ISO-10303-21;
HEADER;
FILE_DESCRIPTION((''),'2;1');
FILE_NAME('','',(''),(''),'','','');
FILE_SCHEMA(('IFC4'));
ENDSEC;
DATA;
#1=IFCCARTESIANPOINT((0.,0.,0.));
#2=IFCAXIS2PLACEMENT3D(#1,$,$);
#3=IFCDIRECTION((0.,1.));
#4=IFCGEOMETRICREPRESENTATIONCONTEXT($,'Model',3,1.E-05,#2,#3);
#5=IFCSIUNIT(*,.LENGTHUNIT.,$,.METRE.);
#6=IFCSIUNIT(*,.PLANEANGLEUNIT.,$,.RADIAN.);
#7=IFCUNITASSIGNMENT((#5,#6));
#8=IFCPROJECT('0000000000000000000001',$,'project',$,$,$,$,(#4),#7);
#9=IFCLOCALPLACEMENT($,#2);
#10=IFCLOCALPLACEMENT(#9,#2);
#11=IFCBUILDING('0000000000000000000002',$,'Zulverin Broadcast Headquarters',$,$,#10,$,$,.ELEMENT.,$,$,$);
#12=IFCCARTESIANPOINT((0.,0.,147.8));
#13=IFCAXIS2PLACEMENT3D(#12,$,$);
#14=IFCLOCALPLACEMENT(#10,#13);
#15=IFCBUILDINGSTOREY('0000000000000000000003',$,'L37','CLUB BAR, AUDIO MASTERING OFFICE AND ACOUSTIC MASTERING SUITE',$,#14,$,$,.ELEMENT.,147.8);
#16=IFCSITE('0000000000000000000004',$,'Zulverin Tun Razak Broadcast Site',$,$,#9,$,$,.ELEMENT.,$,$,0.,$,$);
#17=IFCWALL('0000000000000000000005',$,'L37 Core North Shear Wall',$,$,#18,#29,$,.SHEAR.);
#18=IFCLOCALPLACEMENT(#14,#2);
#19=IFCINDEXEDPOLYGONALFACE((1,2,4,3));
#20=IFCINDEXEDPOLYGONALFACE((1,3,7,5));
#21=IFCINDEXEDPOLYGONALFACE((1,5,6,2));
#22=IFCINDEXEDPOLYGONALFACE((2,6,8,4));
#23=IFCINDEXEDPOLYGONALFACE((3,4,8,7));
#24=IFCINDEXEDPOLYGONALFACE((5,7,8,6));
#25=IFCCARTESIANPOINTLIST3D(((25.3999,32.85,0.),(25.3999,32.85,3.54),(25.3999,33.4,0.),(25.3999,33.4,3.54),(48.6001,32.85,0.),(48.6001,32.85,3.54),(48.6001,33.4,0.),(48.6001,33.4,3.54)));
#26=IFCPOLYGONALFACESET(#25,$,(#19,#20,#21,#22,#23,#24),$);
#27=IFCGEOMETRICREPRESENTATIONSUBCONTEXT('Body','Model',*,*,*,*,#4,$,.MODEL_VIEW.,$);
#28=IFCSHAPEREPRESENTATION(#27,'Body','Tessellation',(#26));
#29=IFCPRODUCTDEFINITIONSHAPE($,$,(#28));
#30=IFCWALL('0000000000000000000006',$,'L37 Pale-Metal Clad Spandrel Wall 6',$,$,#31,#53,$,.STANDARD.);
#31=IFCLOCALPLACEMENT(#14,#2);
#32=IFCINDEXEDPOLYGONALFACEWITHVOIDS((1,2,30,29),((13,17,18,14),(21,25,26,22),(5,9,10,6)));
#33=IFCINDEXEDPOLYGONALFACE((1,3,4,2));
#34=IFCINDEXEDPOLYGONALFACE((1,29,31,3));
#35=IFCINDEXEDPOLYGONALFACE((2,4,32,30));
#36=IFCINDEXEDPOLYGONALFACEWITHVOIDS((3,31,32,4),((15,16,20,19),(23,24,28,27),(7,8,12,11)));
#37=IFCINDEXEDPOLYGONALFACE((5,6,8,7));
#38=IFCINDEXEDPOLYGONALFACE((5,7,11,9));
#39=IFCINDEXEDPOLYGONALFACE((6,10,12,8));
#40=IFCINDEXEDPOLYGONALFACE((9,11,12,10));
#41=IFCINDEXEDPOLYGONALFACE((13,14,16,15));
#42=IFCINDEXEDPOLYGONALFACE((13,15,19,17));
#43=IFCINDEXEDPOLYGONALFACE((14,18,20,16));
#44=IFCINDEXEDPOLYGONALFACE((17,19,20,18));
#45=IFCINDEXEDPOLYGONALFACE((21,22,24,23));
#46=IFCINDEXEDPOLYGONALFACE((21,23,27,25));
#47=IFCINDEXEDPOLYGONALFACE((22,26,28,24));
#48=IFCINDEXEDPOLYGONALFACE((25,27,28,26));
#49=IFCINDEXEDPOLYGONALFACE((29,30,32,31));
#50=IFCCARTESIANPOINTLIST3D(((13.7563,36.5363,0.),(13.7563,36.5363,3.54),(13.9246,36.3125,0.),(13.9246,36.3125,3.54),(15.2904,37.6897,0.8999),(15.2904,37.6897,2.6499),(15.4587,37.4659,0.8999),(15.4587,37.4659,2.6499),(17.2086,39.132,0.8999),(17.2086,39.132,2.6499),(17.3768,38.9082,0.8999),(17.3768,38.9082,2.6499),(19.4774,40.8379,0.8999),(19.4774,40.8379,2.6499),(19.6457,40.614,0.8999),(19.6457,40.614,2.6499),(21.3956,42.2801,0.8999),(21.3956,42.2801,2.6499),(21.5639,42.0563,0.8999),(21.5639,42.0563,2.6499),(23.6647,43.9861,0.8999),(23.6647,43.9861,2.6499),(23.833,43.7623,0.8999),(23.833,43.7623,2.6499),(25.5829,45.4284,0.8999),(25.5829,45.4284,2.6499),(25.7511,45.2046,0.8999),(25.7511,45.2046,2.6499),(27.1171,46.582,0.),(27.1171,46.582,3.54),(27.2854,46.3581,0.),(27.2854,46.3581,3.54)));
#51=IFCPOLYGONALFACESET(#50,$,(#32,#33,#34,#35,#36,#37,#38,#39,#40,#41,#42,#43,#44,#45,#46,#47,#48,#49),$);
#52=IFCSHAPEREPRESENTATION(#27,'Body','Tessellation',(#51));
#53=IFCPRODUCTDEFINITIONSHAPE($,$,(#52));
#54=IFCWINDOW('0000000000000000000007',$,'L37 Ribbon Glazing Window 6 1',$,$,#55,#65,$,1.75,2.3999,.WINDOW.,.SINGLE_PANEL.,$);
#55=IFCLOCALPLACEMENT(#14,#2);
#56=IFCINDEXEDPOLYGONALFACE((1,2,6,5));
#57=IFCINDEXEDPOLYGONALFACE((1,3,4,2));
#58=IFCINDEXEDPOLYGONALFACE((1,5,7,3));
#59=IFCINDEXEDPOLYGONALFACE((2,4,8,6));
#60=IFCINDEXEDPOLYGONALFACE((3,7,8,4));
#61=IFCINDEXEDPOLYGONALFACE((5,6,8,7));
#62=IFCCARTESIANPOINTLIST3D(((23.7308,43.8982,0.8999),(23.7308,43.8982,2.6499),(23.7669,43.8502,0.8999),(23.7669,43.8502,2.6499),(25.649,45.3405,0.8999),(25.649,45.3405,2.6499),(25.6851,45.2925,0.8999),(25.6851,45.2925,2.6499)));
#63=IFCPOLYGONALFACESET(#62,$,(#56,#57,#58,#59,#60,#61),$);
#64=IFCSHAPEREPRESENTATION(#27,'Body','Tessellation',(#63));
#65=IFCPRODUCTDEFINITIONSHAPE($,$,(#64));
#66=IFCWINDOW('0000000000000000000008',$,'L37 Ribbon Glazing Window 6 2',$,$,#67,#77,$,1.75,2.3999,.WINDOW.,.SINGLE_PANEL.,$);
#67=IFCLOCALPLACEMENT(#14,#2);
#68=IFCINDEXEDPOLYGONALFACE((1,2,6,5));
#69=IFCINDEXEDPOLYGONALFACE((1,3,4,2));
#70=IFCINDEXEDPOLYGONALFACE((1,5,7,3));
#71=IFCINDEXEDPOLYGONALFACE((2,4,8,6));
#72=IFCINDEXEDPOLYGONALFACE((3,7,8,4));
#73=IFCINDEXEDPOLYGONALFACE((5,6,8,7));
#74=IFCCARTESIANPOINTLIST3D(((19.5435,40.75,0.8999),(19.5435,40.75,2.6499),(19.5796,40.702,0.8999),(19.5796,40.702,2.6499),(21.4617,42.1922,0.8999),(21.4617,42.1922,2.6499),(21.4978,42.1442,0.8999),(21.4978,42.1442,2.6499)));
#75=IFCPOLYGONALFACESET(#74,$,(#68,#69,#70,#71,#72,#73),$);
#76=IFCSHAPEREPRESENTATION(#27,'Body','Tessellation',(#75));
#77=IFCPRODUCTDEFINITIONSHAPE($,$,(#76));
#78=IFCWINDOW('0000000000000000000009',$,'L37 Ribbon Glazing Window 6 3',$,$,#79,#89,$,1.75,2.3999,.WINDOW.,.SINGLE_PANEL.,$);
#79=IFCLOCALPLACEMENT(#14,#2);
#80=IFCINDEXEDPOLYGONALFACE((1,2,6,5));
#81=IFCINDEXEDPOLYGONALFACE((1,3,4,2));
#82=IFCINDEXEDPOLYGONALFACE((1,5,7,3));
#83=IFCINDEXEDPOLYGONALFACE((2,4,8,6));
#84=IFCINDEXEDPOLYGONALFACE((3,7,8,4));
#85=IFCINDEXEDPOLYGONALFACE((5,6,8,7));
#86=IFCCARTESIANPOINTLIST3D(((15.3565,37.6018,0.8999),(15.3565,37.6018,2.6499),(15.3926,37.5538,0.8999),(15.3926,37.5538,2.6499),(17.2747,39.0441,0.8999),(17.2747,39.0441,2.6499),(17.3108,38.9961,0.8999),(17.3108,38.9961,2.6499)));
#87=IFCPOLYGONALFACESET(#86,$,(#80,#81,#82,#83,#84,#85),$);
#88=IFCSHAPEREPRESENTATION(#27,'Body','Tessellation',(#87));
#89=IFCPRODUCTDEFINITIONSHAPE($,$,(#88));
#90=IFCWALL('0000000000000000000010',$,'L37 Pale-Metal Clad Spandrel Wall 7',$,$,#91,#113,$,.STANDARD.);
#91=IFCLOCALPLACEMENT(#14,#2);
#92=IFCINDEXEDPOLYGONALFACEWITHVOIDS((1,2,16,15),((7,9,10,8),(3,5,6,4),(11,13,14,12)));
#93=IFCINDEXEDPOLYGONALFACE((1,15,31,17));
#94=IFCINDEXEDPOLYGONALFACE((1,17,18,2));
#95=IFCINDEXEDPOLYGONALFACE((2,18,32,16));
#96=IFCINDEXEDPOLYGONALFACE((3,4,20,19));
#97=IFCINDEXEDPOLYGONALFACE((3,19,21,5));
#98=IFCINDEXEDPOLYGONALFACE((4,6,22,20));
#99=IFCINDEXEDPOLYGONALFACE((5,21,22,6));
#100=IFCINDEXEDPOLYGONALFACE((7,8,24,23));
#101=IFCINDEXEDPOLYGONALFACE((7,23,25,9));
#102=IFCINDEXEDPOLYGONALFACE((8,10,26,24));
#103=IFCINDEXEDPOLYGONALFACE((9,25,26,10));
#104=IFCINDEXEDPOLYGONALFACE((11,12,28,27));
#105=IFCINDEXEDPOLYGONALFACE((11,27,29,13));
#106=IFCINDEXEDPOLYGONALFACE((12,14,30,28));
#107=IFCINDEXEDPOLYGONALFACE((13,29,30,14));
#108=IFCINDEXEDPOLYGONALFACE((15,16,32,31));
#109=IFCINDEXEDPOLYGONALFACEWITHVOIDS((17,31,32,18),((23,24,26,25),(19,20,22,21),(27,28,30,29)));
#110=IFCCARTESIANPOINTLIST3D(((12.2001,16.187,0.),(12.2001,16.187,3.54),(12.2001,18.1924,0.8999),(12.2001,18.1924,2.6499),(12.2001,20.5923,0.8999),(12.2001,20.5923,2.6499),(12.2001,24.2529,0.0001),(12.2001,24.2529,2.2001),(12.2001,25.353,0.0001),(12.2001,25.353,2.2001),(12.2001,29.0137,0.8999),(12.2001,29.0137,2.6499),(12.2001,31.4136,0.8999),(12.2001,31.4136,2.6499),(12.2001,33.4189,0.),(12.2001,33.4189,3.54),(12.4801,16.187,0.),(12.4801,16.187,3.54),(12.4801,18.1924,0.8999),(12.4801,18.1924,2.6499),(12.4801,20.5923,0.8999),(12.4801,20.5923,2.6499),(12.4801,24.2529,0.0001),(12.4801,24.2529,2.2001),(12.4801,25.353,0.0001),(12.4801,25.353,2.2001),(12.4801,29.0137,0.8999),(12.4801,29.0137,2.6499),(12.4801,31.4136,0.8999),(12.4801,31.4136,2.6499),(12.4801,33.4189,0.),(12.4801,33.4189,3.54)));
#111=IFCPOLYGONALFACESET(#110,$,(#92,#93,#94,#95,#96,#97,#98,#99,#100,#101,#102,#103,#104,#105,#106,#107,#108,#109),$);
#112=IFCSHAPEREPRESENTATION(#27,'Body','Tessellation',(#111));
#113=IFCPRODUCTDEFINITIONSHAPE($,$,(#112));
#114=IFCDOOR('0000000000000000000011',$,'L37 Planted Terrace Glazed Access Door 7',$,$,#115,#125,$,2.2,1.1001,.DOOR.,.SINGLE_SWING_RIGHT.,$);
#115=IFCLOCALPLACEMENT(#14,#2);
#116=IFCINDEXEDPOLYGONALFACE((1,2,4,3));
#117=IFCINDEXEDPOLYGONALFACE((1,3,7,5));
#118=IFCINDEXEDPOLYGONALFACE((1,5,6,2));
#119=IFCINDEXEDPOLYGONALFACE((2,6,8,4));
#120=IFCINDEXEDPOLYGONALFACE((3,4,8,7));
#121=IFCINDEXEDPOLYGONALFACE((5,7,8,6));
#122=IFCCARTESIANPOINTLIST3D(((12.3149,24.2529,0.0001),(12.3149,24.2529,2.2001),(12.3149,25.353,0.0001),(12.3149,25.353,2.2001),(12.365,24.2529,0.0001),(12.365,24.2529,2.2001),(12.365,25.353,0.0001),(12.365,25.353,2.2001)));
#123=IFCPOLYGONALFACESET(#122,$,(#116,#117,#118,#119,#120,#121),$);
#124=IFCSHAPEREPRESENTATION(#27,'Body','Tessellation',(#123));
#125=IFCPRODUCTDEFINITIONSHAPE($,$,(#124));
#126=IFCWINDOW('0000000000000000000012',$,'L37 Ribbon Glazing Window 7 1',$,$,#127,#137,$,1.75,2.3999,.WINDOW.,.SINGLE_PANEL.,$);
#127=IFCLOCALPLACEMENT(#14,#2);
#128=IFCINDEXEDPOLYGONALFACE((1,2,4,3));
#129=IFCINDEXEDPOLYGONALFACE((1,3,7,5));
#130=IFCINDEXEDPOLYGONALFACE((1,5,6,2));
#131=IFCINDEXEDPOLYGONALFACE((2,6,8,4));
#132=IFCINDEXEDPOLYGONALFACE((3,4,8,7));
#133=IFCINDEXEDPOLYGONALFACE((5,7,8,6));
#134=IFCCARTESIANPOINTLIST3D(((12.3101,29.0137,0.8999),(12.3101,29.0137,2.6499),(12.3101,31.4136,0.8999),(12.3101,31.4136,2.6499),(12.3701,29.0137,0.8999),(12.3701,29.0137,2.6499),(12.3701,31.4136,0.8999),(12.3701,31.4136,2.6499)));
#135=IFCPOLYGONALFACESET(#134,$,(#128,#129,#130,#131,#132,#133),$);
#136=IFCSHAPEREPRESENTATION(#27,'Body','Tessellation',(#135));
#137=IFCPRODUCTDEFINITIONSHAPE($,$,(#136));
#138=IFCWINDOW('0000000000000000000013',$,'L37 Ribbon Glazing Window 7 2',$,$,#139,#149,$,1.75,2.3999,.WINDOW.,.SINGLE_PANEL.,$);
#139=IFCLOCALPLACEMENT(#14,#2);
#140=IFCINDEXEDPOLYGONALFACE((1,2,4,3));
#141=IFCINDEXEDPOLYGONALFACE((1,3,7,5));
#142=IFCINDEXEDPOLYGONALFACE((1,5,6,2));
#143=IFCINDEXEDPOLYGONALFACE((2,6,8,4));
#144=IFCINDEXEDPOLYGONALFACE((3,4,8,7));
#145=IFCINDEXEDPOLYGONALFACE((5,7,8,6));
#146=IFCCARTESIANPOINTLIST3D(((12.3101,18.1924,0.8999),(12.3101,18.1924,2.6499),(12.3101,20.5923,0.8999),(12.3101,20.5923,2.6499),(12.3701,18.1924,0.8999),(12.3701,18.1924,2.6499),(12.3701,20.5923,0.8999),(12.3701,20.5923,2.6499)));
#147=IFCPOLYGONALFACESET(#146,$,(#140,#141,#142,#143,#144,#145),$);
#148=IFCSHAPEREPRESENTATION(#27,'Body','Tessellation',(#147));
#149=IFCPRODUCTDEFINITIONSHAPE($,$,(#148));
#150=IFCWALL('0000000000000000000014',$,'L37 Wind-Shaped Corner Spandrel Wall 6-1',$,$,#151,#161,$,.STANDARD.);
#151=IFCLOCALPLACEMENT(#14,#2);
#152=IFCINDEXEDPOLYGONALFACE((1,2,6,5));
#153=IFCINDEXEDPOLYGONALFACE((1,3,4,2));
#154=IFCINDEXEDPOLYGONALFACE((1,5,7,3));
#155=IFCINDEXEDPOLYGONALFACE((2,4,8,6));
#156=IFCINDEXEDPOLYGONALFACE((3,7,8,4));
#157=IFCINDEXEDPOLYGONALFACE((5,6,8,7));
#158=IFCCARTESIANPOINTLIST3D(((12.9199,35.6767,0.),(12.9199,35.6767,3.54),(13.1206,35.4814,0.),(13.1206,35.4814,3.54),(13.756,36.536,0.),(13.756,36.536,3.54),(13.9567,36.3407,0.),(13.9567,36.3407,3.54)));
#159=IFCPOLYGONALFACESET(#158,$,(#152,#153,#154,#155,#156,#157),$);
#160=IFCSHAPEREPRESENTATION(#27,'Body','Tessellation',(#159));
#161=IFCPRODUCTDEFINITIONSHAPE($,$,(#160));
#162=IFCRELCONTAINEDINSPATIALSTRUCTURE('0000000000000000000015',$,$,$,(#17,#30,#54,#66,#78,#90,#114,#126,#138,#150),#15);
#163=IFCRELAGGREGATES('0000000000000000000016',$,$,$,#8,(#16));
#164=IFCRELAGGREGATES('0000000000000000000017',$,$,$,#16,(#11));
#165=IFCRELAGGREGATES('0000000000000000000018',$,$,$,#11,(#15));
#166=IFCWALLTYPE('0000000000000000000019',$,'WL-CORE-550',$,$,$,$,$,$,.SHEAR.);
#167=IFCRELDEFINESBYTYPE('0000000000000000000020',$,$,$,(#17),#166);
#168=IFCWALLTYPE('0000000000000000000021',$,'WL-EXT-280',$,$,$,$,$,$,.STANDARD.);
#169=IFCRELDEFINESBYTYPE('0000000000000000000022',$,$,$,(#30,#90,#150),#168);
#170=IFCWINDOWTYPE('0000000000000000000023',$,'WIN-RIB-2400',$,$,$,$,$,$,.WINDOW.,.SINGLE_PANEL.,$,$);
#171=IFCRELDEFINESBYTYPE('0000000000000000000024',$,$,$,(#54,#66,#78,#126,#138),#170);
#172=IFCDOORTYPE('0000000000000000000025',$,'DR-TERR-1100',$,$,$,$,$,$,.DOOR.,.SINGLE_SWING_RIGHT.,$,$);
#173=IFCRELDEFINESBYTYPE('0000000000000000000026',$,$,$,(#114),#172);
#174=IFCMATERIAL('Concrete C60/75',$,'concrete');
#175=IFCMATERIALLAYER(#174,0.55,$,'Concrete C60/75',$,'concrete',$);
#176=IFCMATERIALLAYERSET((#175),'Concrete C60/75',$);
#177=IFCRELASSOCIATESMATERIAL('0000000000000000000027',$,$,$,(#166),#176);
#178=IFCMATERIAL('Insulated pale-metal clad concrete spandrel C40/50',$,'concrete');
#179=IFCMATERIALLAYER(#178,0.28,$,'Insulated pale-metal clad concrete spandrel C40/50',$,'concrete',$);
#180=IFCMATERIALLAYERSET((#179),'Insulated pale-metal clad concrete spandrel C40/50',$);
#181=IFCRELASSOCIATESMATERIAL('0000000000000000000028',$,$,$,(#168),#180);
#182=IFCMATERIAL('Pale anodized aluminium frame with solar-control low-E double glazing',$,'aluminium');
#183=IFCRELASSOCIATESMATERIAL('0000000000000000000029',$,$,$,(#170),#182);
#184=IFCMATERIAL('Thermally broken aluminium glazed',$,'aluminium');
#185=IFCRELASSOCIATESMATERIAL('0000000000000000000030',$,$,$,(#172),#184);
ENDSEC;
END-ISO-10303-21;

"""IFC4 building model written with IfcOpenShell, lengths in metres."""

from ifc_helpers import new_model, si_unit, direction, frame, frame_2d, origin, place, context, subcontext, project, spatial, rectangle, extrude, material, layer, layer_set, type_object, element, fill, save


model = new_model("IFC4")

# Units and contexts
model_context = context("Model", 3, precision=1e-05, world=origin(), true_north=direction((0.0, 1.0)))
body_context = subcontext(model_context, "Body", "Model", "MODEL_VIEW")
ifc_project = project(units=[si_unit("LENGTHUNIT", "METRE"), si_unit("PLANEANGLEUNIT", "RADIAN")], contexts=[model_context])

# Site, building, storey
site_placement = place(None, origin())
site = spatial("IfcSite", under=ifc_project, at=site_placement, Name="Zulverin Tun Razak Broadcast Site", CompositionType="ELEMENT", RefElevation=0.0)
building_placement = place(site_placement, origin())
building = spatial("IfcBuilding", under=site, at=building_placement, Name="Zulverin Broadcast Headquarters", CompositionType="ELEMENT")
storey_placement = place(building_placement, frame((0.0, 0.0, 147.8)))
storey = spatial("IfcBuildingStorey", under=building, at=storey_placement, Name="L37", Description="CLUB BAR, AUDIO MASTERING OFFICE AND ACOUSTIC MASTERING SUITE", CompositionType="ELEMENT", Elevation=147.8)

# Shared definitions
ifc_material_1 = material(Name="Concrete C60/75", Category="concrete")

# Wall
ifc_layer_1 = layer(ifc_material_1, 0.55, Name="Concrete C60/75", Category="concrete")
ifc_layer_set_1 = layer_set([ifc_layer_1], Name="Concrete C60/75")
wall_type_1 = type_object("IfcWallType", Name="WL-CORE-550", PredefinedType="SHEAR", material=ifc_layer_set_1)
wall_1_placement = place(storey_placement, frame((25.3999, 33.125, 0.0), z_axis=(0.0, 0.0, 1.0), x_axis=(1.0, 0.0, 0.0)))
element("IfcWall", 1, at=wall_1_placement, inside=storey, type_object=wall_type_1, Name="L37 Core North Shear Wall", PredefinedType="SHEAR", context=body_context, shape_type="SweptSolid", body=[
    extrude(rectangle(XDim=23.2002, YDim=0.55, at=frame_2d((11.6001, 0.0))), origin(), (0.0, 0.0, 1.0), 3.54),
])

# Wall, openings, windows
ifc_material_2 = material(Name="Insulated pale-metal clad concrete spandrel C40/50", Category="concrete")
ifc_layer_2 = layer(ifc_material_2, 0.28, Name="Insulated pale-metal clad concrete spandrel C40/50", Category="concrete")
ifc_layer_set_2 = layer_set([ifc_layer_2], Name="Insulated pale-metal clad concrete spandrel C40/50")
wall_type_2 = type_object("IfcWallType", Name="WL-EXT-280", PredefinedType="STANDARD", material=ifc_layer_set_2)
wall_2_placement = place(storey_placement, frame((27.2012, 46.47, 0.0), z_axis=(0.0, 0.0, 1.0), x_axis=(-0.799281, -0.600958, 0.0)))
wall_2 = element("IfcWall", 2, at=wall_2_placement, inside=storey, type_object=wall_type_2, Name="L37 Pale-Metal Clad Spandrel Wall 6", PredefinedType="STANDARD", context=body_context, shape_type="SweptSolid", body=[
    extrude(rectangle(XDim=16.7161, YDim=0.28, at=frame_2d((8.3579, 0.0))), origin(), (0.0, 0.0, 1.0), 3.54),
])
opening_1_placement = place(wall_2_placement, frame((1.9194, 0.0, 0.8999)))
opening_1 = element("IfcOpeningElement", 3, at=opening_1_placement, cuts=wall_2, PredefinedType="OPENING", context=body_context, shape_type="SweptSolid", body=[
    extrude(rectangle(XDim=2.3999, YDim=1.75, at=frame_2d((1.2, 0.875))), frame((0.0, 0.1499, 0.0), z_axis=(0.0, -1.0, 0.0), x_axis=(1.0, 0.0, 0.0)), (0.0, 0.0, 1.0), 0.3),
])
opening_2_placement = place(wall_2_placement, frame((7.1582, 0.0, 0.8999)))
opening_2 = element("IfcOpeningElement", 4, at=opening_2_placement, cuts=wall_2, PredefinedType="OPENING", context=body_context, shape_type="SweptSolid", body=[
    extrude(rectangle(XDim=2.3999, YDim=1.75, at=frame_2d((1.2, 0.875))), frame((0.0, 0.1499, 0.0), z_axis=(0.0, -1.0, 0.0), x_axis=(1.0, 0.0, 0.0)), (0.0, 0.0, 1.0), 0.3),
])
opening_3_placement = place(wall_2_placement, frame((12.3967, 0.0, 0.8999)))
opening_3 = element("IfcOpeningElement", 5, at=opening_3_placement, cuts=wall_2, PredefinedType="OPENING", context=body_context, shape_type="SweptSolid", body=[
    extrude(rectangle(XDim=2.3999, YDim=1.75, at=frame_2d((1.2, 0.875))), frame((0.0, 0.1499, 0.0), z_axis=(0.0, -1.0, 0.0), x_axis=(1.0, 0.0, 0.0)), (0.0, 0.0, 1.0), 0.3),
])
ifc_material_3 = material(Name="Pale anodized aluminium frame with solar-control low-E double glazing", Category="aluminium")
window_type = type_object("IfcWindowType", Name="WIN-RIB-2400", PartitioningType="SINGLE_PANEL", PredefinedType="WINDOW", material=ifc_material_3)
window_1_placement = place(opening_1_placement, origin())
window_1 = element("IfcWindow", 6, at=window_1_placement, inside=storey, type_object=window_type, Name="L37 Ribbon Glazing Window 6 1", OverallHeight=1.75, OverallWidth=2.3999, PartitioningType="SINGLE_PANEL", PredefinedType="WINDOW", context=body_context, shape_type="SweptSolid", body=[
    extrude(rectangle(XDim=2.3999, YDim=1.75, at=frame_2d((1.2, 0.875))), frame((0.0, 0.03, 0.0), z_axis=(0.0, -1.0, 0.0), x_axis=(1.0, 0.0, 0.0)), (0.0, 0.0, 1.0), 0.0601),
])
fill(opening_1, window_1)
window_2_placement = place(opening_2_placement, origin())
window_2 = element("IfcWindow", 7, at=window_2_placement, inside=storey, type_object=window_type, Name="L37 Ribbon Glazing Window 6 2", OverallHeight=1.75, OverallWidth=2.3999, PartitioningType="SINGLE_PANEL", PredefinedType="WINDOW", context=body_context, shape_type="SweptSolid", body=[
    extrude(rectangle(XDim=2.3999, YDim=1.75, at=frame_2d((1.2, 0.875))), frame((0.0, 0.03, 0.0), z_axis=(0.0, -1.0, 0.0), x_axis=(1.0, 0.0, 0.0)), (0.0, 0.0, 1.0), 0.0601),
])
fill(opening_2, window_2)
window_3_placement = place(opening_3_placement, origin())
window_3 = element("IfcWindow", 8, at=window_3_placement, inside=storey, type_object=window_type, Name="L37 Ribbon Glazing Window 6 3", OverallHeight=1.75, OverallWidth=2.3999, PartitioningType="SINGLE_PANEL", PredefinedType="WINDOW", context=body_context, shape_type="SweptSolid", body=[
    extrude(rectangle(XDim=2.3999, YDim=1.75, at=frame_2d((1.2, 0.875))), frame((0.0, 0.03, 0.0), z_axis=(0.0, -1.0, 0.0), x_axis=(1.0, 0.0, 0.0)), (0.0, 0.0, 1.0), 0.0601),
])
fill(opening_3, window_3)

# Wall, openings, door, windows
wall_3_placement = place(storey_placement, frame((12.3401, 33.4189, 0.0), z_axis=(0.0, 0.0, 1.0), x_axis=(0.0, -1.0, 0.0)))
wall_3 = element("IfcWall", 9, at=wall_3_placement, inside=storey, type_object=wall_type_2, Name="L37 Pale-Metal Clad Spandrel Wall 7", PredefinedType="STANDARD", context=body_context, shape_type="SweptSolid", body=[
    extrude(rectangle(XDim=17.2319, YDim=0.28, at=frame_2d((8.616, 0.0))), origin(), (0.0, 0.0, 1.0), 3.54),
])
opening_4_placement = place(wall_3_placement, frame((8.0659, 0.0, 0.0)))
opening_4 = element("IfcOpeningElement", 10, at=opening_4_placement, cuts=wall_3, PredefinedType="OPENING", context=body_context, shape_type="SweptSolid", body=[
    extrude(rectangle(XDim=1.1001, YDim=2.2, at=frame_2d((0.55, 1.1001))), frame((0.0, 0.1499, 0.0), z_axis=(0.0, -1.0, 0.0), x_axis=(1.0, 0.0, 0.0)), (0.0, 0.0, 1.0), 0.3),
])
opening_5_placement = place(wall_3_placement, frame((2.0054, 0.0, 0.8999)))
opening_5 = element("IfcOpeningElement", 11, at=opening_5_placement, cuts=wall_3, PredefinedType="OPENING", context=body_context, shape_type="SweptSolid", body=[
    extrude(rectangle(XDim=2.3999, YDim=1.75, at=frame_2d((1.2, 0.875))), frame((0.0, 0.1499, 0.0), z_axis=(0.0, -1.0, 0.0), x_axis=(1.0, 0.0, 0.0)), (0.0, 0.0, 1.0), 0.3),
])
opening_6_placement = place(wall_3_placement, frame((12.8267, 0.0, 0.8999)))
opening_6 = element("IfcOpeningElement", 12, at=opening_6_placement, cuts=wall_3, PredefinedType="OPENING", context=body_context, shape_type="SweptSolid", body=[
    extrude(rectangle(XDim=2.3999, YDim=1.75, at=frame_2d((1.2, 0.875))), frame((0.0, 0.1499, 0.0), z_axis=(0.0, -1.0, 0.0), x_axis=(1.0, 0.0, 0.0)), (0.0, 0.0, 1.0), 0.3),
])
ifc_material_4 = material(Name="Thermally broken aluminium glazed", Category="aluminium")
door_type_1 = type_object("IfcDoorType", Name="DR-TERR-1100", OperationType="SINGLE_SWING_RIGHT", PredefinedType="DOOR", material=ifc_material_4)
door_1_placement = place(opening_4_placement, origin())
door_1 = element("IfcDoor", 13, at=door_1_placement, inside=storey, type_object=door_type_1, Name="L37 Planted Terrace Glazed Access Door 7", OperationType="SINGLE_SWING_RIGHT", OverallHeight=2.2, OverallWidth=1.1001, PredefinedType="DOOR", context=body_context, shape_type="SweptSolid", body=[
    extrude(rectangle(XDim=1.1001, YDim=2.2, at=frame_2d((0.55, 1.1001))), frame((0.0, 0.0249, 0.0), z_axis=(0.0, -1.0, 0.0), x_axis=(1.0, 0.0, 0.0)), (0.0, 0.0, 1.0), 0.05),
])
fill(opening_4, door_1)
window_4_placement = place(opening_5_placement, origin())
window_4 = element("IfcWindow", 14, at=window_4_placement, inside=storey, type_object=window_type, Name="L37 Ribbon Glazing Window 7 1", OverallHeight=1.75, OverallWidth=2.3999, PartitioningType="SINGLE_PANEL", PredefinedType="WINDOW", context=body_context, shape_type="SweptSolid", body=[
    extrude(rectangle(XDim=2.3999, YDim=1.75, at=frame_2d((1.2, 0.875))), frame((0.0, 0.03, 0.0), z_axis=(0.0, -1.0, 0.0), x_axis=(1.0, 0.0, 0.0)), (0.0, 0.0, 1.0), 0.0601),
])
fill(opening_5, window_4)
window_5_placement = place(opening_6_placement, origin())
window_5 = element("IfcWindow", 15, at=window_5_placement, inside=storey, type_object=window_type, Name="L37 Ribbon Glazing Window 7 2", OverallHeight=1.75, OverallWidth=2.3999, PartitioningType="SINGLE_PANEL", PredefinedType="WINDOW", context=body_context, shape_type="SweptSolid", body=[
    extrude(rectangle(XDim=2.3999, YDim=1.75, at=frame_2d((1.2, 0.875))), frame((0.0, 0.03, 0.0), z_axis=(0.0, -1.0, 0.0), x_axis=(1.0, 0.0, 0.0)), (0.0, 0.0, 1.0), 0.0601),
])
fill(opening_6, window_5)

# Wall
wall_4_placement = place(storey_placement, frame((13.8564, 36.4385, 0.0), z_axis=(0.0, 0.0, 1.0), x_axis=(-0.697369, -0.716712, 0.0)))
element("IfcWall", 16, at=wall_4_placement, inside=storey, type_object=wall_type_2, Name="L37 Wind-Shaped Corner Spandrel Wall 6-1", PredefinedType="STANDARD", context=body_context, shape_type="SweptSolid", body=[
    extrude(rectangle(XDim=1.199, YDim=0.28, at=frame_2d((0.5996, 0.0))), origin(), (0.0, 0.0, 1.0), 3.54),
])

save(model, "model.ifc")
